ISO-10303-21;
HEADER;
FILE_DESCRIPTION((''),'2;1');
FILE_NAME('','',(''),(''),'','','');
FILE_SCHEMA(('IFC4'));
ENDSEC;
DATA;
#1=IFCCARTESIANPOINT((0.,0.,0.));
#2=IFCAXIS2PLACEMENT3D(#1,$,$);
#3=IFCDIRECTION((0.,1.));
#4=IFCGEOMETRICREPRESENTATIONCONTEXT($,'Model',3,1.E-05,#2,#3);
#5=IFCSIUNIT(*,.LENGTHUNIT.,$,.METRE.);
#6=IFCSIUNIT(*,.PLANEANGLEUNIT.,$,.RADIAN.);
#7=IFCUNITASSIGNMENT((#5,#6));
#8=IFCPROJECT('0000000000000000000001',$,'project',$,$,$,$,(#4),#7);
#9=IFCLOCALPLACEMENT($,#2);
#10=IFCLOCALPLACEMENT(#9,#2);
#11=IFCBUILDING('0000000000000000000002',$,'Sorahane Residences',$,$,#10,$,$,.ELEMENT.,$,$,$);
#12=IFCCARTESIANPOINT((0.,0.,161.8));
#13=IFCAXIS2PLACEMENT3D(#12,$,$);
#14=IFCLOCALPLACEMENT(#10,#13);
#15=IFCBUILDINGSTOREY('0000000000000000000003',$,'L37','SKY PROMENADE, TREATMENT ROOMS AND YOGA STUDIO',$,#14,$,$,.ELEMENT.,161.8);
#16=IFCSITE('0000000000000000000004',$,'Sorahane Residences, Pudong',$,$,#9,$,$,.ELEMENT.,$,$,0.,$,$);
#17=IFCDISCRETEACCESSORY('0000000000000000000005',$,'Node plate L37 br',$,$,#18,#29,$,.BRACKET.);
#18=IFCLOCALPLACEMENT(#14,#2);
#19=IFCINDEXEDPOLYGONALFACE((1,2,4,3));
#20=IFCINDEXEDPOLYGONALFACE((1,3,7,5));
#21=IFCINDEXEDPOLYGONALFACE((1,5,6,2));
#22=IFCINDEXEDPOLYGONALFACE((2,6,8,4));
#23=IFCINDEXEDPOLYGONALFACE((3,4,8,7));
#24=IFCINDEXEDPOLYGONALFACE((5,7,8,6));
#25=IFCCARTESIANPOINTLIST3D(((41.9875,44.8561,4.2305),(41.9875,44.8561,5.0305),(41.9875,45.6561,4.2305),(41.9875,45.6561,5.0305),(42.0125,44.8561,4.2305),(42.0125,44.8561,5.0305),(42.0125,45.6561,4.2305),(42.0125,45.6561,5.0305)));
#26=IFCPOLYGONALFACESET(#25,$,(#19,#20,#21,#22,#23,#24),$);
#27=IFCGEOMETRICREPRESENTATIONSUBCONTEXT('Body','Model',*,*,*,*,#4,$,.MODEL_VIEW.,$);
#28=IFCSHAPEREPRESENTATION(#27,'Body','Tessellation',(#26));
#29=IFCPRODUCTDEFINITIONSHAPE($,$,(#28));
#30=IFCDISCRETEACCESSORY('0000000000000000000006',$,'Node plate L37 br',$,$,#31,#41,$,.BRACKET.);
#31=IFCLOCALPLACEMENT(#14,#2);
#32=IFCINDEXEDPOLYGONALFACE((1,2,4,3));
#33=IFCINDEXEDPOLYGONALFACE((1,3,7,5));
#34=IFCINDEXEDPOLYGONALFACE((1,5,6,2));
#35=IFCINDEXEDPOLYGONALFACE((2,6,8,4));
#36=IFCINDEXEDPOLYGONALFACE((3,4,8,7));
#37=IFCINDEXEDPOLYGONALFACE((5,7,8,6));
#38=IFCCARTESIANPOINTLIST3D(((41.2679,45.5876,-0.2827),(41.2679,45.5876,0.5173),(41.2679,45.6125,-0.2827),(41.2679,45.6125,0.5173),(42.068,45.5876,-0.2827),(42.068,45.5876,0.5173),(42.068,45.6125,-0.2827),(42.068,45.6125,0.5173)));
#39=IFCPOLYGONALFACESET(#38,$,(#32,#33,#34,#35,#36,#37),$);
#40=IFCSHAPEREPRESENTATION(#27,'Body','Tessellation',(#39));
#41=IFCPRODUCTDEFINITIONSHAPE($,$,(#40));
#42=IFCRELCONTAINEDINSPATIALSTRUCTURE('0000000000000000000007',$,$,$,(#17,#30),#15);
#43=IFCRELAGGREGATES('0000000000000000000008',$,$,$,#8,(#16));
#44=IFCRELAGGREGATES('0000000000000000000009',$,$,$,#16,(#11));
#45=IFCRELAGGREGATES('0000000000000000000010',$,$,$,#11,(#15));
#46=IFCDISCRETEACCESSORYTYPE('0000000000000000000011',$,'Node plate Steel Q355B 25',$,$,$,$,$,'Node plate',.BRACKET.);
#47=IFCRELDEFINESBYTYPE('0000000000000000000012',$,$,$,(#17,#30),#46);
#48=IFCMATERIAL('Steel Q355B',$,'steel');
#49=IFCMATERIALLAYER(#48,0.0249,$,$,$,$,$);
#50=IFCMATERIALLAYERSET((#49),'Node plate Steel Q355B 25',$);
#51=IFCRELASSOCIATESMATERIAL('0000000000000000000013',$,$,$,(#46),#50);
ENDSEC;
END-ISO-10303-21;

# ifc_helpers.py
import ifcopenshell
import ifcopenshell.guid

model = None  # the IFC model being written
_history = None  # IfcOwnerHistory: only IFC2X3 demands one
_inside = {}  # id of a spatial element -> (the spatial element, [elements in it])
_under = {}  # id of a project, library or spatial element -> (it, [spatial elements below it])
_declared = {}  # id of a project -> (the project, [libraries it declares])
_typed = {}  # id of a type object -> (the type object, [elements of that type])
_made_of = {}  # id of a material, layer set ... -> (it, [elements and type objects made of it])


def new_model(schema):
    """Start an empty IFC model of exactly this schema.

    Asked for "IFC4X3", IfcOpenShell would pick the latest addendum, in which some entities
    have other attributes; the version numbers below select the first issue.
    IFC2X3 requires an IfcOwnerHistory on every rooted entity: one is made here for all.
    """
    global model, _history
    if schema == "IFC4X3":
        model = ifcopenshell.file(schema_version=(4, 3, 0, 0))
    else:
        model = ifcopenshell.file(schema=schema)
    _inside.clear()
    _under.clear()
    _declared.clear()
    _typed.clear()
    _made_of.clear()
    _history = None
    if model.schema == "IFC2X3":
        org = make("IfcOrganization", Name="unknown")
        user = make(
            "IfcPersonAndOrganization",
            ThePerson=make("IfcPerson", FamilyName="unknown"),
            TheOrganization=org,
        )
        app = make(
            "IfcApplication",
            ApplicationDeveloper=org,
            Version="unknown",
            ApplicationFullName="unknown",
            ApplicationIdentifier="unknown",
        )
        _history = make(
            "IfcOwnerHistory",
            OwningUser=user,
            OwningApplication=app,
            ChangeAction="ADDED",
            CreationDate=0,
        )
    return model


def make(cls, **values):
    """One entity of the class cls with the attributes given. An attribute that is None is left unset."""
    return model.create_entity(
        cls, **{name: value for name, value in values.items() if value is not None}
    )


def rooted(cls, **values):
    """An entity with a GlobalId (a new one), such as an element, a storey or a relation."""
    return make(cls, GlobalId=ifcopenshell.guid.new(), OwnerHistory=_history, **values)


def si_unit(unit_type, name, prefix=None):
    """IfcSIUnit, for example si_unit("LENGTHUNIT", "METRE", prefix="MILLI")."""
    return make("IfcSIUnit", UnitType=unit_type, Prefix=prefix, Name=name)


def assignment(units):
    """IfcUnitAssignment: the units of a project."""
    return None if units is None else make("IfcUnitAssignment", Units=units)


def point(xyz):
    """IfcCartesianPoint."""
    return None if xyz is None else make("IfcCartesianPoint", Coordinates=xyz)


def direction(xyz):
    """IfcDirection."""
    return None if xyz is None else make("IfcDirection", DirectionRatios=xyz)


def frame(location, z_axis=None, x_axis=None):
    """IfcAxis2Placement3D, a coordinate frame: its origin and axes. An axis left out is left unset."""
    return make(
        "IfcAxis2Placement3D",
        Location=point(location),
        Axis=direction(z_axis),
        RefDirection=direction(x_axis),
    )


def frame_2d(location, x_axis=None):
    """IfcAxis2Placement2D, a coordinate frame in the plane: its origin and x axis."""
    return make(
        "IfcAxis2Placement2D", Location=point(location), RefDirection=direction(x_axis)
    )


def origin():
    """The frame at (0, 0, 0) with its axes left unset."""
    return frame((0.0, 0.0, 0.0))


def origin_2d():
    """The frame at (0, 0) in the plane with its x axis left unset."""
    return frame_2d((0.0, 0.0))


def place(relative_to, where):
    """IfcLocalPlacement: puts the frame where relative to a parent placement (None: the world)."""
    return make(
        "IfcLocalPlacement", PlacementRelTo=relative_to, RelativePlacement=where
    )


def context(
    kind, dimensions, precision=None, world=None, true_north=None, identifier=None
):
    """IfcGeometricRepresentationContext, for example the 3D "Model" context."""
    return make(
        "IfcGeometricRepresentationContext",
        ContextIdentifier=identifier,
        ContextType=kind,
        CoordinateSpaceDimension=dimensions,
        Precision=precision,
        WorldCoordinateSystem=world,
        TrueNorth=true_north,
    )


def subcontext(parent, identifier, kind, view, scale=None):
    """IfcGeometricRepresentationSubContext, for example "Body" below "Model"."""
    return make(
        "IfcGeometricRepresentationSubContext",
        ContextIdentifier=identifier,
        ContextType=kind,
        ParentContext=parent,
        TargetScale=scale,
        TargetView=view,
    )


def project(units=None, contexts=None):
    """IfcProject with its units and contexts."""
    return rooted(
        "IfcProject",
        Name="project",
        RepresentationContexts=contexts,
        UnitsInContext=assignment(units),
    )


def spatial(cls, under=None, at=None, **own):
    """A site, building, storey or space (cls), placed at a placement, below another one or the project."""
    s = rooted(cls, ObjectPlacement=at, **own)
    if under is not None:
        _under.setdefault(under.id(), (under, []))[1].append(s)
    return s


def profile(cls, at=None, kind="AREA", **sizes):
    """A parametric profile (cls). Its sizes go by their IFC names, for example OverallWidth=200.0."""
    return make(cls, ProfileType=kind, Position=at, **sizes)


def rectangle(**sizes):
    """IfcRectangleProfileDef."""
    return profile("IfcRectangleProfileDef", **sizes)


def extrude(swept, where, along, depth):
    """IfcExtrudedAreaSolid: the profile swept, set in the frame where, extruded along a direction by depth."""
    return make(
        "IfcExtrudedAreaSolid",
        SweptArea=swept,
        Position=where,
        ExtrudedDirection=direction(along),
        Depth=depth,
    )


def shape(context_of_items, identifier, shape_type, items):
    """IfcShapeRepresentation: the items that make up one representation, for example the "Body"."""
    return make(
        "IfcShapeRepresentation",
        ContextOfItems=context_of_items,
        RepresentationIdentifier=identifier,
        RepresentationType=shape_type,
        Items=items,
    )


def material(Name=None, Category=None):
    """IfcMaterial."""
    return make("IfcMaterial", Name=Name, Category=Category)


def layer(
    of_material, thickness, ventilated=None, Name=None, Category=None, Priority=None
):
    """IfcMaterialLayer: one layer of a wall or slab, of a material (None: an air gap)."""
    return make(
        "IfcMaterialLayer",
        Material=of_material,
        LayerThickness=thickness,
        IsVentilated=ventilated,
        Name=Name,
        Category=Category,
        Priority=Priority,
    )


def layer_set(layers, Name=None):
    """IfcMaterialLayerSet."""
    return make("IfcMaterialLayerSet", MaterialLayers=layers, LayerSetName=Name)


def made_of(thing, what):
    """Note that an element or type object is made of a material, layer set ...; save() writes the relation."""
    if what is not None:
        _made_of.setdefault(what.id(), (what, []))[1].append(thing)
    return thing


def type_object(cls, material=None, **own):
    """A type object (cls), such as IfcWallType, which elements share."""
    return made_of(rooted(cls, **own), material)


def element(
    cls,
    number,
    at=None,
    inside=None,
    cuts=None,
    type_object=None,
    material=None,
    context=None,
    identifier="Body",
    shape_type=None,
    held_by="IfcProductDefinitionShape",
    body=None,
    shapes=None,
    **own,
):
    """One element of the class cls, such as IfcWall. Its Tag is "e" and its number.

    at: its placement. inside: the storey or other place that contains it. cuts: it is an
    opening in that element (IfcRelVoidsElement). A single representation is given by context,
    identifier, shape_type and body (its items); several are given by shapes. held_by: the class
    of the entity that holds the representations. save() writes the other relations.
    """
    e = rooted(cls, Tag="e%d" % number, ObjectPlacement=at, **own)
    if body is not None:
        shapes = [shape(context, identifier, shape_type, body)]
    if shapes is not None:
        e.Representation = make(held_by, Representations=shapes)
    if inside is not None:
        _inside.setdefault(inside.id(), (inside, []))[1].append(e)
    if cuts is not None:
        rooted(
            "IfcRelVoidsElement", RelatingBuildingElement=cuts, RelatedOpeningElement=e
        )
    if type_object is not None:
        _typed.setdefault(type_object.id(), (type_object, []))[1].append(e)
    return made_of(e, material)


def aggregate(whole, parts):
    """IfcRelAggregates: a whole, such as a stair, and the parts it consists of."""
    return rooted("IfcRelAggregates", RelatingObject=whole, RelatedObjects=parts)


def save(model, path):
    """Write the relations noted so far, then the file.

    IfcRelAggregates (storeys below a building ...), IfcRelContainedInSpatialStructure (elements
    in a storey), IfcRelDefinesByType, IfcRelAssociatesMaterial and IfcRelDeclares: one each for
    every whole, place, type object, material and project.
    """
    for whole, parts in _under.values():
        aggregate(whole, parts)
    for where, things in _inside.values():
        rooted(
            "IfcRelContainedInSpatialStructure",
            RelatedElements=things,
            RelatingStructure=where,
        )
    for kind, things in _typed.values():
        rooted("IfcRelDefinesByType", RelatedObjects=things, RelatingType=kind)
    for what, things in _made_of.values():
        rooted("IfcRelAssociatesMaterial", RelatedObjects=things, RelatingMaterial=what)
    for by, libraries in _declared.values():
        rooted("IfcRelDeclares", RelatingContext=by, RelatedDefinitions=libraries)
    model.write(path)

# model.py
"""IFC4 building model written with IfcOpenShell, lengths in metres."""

from ifc_helpers import new_model, si_unit, direction, frame, origin, origin_2d, place, context, subcontext, project, spatial, rectangle, extrude, material, layer, layer_set, type_object, element, save


model = new_model("IFC4")

# Units and contexts
model_context = context("Model", 3, precision=1e-05, world=origin(), true_north=direction((0.0, 1.0)))
body_context = subcontext(model_context, "Body", "Model", "MODEL_VIEW")
ifc_project = project(units=[si_unit("LENGTHUNIT", "METRE"), si_unit("PLANEANGLEUNIT", "RADIAN")], contexts=[model_context])

# Site, building, storey
site_placement = place(None, origin())
site = spatial("IfcSite", under=ifc_project, at=site_placement, Name="Sorahane Residences, Pudong", CompositionType="ELEMENT", RefElevation=0.0)
building_placement = place(site_placement, origin())
building = spatial("IfcBuilding", under=site, at=building_placement, Name="Sorahane Residences", CompositionType="ELEMENT")
storey_placement = place(building_placement, frame((0.0, 0.0, 161.8)))
storey = spatial("IfcBuildingStorey", under=building, at=storey_placement, Name="L37", Description="SKY PROMENADE, TREATMENT ROOMS AND YOGA STUDIO", CompositionType="ELEMENT", Elevation=161.8)

# Discrete accessories
ifc_material_1 = material(Name="Steel Q355B", Category="steel")
ifc_layer_1 = layer(ifc_material_1, 0.0249)
ifc_layer_set_1 = layer_set([ifc_layer_1], Name="Node plate Steel Q355B 25")
discrete_accessory_type = type_object("IfcDiscreteAccessoryType", Name="Node plate Steel Q355B 25", ElementType="Node plate", PredefinedType="BRACKET", material=ifc_layer_set_1)
for number, where, z_axis, x_axis, name in (
    (1, (42.0, 45.2561, 4.2305), (0.0, 0.0, 1.0), (0.0, 1.0, 0.0), "Node plate L37 br"),
    (2, (41.668, 45.6001, -0.2827), (0.0, 0.0, 1.0), (1.0, 0.0, 0.0), "Node plate L37 br"),
):
    element("IfcDiscreteAccessory", number, at=place(storey_placement, frame(where, z_axis=z_axis, x_axis=x_axis)), inside=storey, type_object=discrete_accessory_type, Name=name, PredefinedType="BRACKET", context=body_context, shape_type="SweptSolid", body=[
        extrude(rectangle(XDim=0.8, YDim=0.0249, at=origin_2d()), origin(), (0.0, 0.0, 1.0), 0.8),
    ])

save(model, "model.ifc")
